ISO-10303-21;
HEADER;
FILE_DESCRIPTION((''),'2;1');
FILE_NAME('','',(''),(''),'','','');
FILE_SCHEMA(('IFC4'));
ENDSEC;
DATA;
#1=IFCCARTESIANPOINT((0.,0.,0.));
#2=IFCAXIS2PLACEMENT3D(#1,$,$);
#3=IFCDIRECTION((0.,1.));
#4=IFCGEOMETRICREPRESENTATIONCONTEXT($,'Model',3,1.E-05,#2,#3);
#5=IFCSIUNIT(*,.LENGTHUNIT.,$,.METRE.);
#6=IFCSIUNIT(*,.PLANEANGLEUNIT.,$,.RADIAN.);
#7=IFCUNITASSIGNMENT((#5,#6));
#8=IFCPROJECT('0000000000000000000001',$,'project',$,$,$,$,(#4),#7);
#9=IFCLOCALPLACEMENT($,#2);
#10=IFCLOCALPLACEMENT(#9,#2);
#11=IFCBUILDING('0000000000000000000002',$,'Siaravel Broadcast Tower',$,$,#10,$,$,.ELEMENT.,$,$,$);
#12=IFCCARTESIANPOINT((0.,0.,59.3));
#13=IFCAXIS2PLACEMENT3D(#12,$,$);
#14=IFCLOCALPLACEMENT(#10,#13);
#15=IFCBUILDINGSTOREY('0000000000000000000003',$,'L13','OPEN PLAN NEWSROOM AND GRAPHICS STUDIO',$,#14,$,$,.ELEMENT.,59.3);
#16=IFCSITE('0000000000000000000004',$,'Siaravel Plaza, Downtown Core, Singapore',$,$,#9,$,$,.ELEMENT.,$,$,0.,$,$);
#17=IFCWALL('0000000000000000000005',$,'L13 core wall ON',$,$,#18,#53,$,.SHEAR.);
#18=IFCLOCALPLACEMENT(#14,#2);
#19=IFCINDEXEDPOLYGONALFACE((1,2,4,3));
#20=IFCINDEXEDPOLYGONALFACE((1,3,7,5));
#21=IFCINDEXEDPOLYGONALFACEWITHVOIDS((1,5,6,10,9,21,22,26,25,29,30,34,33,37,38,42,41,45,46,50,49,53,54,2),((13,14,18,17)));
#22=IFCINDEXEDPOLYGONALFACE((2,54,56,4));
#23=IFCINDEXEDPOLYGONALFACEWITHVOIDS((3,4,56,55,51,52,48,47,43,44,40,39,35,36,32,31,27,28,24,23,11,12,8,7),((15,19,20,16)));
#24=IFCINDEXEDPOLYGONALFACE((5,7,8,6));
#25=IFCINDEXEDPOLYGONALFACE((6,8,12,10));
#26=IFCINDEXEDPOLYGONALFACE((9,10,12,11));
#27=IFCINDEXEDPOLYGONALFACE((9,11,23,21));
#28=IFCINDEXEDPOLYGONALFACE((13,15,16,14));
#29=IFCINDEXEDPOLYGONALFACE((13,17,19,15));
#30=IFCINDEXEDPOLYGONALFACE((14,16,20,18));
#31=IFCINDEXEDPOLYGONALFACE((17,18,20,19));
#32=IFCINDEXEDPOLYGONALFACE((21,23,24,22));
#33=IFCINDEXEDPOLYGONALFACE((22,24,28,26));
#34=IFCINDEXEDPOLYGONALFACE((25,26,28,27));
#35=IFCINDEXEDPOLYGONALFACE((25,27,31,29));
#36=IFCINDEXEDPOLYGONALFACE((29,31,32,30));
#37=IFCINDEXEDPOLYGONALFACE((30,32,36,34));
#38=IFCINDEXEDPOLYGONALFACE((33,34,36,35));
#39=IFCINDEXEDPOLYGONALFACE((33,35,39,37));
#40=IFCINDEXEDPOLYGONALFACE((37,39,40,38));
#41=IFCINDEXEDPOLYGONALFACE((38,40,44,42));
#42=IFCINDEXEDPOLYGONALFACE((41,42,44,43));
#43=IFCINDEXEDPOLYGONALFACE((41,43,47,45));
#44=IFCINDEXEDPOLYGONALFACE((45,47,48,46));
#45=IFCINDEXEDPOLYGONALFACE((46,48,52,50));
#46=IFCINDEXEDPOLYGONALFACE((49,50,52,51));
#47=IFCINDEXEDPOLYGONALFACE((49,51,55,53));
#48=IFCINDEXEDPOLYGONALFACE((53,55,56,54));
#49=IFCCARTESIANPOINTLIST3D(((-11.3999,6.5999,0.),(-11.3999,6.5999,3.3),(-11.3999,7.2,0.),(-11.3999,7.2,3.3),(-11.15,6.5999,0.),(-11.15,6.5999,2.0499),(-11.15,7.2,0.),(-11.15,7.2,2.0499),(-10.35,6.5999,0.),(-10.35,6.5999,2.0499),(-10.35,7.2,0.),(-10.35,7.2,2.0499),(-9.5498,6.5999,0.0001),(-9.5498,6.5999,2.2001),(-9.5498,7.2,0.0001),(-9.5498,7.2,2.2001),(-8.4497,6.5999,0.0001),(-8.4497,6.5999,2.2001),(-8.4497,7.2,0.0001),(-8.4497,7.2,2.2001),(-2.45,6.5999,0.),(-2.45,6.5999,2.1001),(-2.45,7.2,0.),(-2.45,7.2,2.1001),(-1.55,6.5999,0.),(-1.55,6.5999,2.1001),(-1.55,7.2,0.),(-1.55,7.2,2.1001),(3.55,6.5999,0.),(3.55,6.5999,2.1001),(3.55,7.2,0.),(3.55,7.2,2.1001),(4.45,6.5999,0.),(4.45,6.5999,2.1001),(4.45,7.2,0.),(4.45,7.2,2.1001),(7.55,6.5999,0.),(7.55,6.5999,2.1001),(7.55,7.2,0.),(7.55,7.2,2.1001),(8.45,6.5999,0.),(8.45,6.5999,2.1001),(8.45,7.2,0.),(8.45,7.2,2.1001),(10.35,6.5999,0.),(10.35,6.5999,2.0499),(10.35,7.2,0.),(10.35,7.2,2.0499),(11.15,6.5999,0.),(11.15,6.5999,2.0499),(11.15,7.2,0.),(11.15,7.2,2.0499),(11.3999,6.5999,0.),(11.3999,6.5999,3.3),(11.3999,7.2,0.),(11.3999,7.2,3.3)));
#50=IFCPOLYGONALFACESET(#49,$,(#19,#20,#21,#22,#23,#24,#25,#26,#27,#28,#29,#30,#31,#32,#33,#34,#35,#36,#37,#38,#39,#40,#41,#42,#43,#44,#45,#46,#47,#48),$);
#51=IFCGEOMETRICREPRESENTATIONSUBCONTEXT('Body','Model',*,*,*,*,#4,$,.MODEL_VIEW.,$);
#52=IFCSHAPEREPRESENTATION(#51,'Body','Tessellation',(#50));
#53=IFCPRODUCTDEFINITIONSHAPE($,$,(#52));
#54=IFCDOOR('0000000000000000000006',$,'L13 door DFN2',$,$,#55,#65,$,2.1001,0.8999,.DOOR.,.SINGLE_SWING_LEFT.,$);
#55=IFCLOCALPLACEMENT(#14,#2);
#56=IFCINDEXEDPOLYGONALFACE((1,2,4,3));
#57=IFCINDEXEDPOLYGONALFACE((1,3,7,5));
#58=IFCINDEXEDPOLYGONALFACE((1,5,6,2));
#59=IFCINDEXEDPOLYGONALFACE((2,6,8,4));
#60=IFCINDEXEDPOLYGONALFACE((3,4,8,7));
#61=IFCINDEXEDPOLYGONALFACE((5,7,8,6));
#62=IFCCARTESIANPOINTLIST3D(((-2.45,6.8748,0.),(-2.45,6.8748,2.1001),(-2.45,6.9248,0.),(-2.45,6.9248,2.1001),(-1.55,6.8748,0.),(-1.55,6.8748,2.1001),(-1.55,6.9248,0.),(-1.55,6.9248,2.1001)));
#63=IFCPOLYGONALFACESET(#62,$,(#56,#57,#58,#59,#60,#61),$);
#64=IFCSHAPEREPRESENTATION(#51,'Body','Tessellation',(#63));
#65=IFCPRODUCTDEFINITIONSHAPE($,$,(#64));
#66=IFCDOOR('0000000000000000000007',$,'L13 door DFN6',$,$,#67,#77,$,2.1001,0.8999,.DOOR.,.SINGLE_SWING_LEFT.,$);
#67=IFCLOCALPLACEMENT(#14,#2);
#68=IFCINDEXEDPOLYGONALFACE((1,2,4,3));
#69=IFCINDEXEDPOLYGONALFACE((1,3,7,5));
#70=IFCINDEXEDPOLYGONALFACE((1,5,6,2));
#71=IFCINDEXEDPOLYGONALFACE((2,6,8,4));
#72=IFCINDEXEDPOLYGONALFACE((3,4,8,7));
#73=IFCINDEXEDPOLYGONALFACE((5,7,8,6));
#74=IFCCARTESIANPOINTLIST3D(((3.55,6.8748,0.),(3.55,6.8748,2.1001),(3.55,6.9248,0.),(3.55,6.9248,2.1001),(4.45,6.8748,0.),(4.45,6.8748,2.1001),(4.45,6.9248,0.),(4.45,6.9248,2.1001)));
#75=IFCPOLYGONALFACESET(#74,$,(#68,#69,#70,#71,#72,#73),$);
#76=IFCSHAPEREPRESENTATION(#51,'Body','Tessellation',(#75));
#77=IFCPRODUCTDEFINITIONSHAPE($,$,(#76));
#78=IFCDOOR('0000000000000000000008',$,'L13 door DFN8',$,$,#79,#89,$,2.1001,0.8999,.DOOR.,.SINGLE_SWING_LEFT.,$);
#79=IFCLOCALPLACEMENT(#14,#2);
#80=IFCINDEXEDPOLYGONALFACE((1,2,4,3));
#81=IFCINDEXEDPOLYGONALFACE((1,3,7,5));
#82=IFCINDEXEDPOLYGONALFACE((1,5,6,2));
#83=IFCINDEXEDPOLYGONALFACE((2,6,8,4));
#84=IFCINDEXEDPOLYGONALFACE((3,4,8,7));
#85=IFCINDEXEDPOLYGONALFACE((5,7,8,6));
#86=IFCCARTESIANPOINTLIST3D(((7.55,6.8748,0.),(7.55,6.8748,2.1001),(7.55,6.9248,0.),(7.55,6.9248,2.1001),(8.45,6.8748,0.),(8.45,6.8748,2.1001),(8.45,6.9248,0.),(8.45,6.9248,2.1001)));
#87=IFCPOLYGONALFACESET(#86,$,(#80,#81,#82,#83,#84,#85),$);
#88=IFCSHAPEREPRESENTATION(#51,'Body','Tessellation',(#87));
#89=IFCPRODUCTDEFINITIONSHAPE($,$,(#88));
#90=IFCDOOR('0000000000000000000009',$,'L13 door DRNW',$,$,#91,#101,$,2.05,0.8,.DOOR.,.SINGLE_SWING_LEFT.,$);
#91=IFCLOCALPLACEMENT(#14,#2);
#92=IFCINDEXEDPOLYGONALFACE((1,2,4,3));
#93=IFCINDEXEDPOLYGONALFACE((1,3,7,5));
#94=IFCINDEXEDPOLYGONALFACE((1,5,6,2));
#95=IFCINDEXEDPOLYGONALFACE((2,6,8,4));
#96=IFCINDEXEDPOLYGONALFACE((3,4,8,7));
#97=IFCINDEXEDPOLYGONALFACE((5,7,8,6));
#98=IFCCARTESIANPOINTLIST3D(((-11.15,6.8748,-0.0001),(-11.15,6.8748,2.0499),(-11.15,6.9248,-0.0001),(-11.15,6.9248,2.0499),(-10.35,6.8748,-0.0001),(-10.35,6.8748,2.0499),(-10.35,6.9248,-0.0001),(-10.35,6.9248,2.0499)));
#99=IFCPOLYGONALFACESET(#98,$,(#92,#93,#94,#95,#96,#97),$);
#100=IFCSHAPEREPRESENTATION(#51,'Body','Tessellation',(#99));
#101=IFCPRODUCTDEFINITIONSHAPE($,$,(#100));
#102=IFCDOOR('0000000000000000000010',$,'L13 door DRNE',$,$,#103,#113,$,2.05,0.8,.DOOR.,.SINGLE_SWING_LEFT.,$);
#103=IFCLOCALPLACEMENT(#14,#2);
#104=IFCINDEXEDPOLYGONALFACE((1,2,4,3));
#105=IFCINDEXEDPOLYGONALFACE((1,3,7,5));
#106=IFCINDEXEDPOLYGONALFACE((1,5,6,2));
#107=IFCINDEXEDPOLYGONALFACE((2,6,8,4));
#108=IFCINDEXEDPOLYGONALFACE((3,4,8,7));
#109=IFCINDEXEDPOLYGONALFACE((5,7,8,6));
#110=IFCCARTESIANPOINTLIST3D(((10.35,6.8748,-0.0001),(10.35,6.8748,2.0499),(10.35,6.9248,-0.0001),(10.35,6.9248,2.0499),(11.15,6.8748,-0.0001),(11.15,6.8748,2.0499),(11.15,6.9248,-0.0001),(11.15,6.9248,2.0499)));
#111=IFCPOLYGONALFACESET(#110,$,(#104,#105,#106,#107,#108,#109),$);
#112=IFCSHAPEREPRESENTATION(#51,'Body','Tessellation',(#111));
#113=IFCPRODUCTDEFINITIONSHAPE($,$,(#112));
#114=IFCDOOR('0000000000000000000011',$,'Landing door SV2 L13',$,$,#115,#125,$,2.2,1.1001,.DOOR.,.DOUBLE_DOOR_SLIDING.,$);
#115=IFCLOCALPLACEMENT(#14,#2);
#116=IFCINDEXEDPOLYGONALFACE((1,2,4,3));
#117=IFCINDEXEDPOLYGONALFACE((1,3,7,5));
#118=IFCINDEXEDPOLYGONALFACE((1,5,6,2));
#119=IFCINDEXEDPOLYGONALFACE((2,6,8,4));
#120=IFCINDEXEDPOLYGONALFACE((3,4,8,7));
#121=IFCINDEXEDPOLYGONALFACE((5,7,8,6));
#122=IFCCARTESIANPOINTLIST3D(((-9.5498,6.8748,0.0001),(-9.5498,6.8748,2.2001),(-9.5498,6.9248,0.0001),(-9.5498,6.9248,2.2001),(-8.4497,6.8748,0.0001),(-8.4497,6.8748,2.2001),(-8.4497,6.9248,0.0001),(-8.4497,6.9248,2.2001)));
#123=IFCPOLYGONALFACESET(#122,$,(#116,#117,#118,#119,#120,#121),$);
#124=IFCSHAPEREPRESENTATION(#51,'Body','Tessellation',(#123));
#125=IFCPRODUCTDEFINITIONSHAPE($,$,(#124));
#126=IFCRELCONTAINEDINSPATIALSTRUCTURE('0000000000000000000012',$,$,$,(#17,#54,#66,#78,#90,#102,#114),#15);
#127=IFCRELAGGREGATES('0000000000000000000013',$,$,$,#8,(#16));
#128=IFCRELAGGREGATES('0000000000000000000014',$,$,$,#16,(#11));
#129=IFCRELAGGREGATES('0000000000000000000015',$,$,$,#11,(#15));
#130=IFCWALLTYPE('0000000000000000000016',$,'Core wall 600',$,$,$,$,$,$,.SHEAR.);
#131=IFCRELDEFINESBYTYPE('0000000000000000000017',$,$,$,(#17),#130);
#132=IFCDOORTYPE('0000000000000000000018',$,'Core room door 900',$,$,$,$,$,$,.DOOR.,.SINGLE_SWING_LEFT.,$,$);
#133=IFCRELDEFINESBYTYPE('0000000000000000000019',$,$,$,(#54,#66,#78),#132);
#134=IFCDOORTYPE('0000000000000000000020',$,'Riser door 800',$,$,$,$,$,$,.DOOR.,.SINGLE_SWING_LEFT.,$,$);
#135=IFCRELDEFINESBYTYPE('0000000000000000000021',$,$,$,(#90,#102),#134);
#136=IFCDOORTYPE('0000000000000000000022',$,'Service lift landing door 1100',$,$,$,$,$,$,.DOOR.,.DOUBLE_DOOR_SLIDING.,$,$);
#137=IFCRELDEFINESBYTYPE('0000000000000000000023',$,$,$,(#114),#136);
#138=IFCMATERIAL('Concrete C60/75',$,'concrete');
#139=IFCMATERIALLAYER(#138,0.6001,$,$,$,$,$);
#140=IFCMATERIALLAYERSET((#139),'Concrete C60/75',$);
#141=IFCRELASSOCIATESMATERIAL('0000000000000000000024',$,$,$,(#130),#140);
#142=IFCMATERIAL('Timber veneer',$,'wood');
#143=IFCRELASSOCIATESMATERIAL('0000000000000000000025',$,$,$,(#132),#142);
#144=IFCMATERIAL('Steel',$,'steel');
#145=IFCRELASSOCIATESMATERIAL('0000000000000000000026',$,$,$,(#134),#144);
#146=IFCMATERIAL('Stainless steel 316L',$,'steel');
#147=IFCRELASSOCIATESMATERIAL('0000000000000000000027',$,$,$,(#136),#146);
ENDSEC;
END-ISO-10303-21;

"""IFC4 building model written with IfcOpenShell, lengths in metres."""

from ifc_helpers import new_model, si_unit, direction, frame, frame_2d, origin, place, context, subcontext, project, spatial, rectangle, extrude, material, layer, layer_set, type_object, element, fill, save


model = new_model("IFC4")

# Units and contexts
model_context = context("Model", 3, precision=1e-05, world=origin(), true_north=direction((0.0, 1.0)))
body_context = subcontext(model_context, "Body", "Model", "MODEL_VIEW")
ifc_project = project(units=[si_unit("LENGTHUNIT", "METRE"), si_unit("PLANEANGLEUNIT", "RADIAN")], contexts=[model_context])

# Site, building, storey
site_placement = place(None, origin())
site = spatial("IfcSite", under=ifc_project, at=site_placement, Name="Siaravel Plaza, Downtown Core, Singapore", CompositionType="ELEMENT", RefElevation=0.0)
building_placement = place(site_placement, origin())
building = spatial("IfcBuilding", under=site, at=building_placement, Name="Siaravel Broadcast Tower", CompositionType="ELEMENT")
storey_placement = place(building_placement, frame((0.0, 0.0, 59.3)))
storey = spatial("IfcBuildingStorey", under=building, at=storey_placement, Name="L13", Description="OPEN PLAN NEWSROOM AND GRAPHICS STUDIO", CompositionType="ELEMENT", Elevation=59.3)

# Wall, openings, doors
ifc_material_1 = material(Name="Concrete C60/75", Category="concrete")
ifc_layer_1 = layer(ifc_material_1, 0.6001)
ifc_layer_set_1 = layer_set([ifc_layer_1], Name="Concrete C60/75")
wall_type_1 = type_object("IfcWallType", Name="Core wall 600", PredefinedType="SHEAR", material=ifc_layer_set_1)
wall_1_placement = place(storey_placement, frame((-11.3999, 6.8999, 0.0), z_axis=(0.0, 0.0, 1.0), x_axis=(1.0, 0.0, 0.0)))
wall_1 = element("IfcWall", 1, at=wall_1_placement, inside=storey, type_object=wall_type_1, Name="L13 core wall ON", PredefinedType="SHEAR", context=body_context, shape_type="SweptSolid", body=[
    extrude(rectangle(XDim=22.7998, YDim=0.6001, at=frame_2d((11.3999, 0.0))), origin(), (0.0, 0.0, 1.0), 3.3),
])
opening_1_placement = place(wall_1_placement, frame((1.8501, 0.0, 0.0)))
opening_1 = element("IfcOpeningElement", 2, at=opening_1_placement, cuts=wall_1, PredefinedType="OPENING", context=body_context, shape_type="SweptSolid", body=[
    extrude(rectangle(XDim=1.1001, YDim=2.2, at=frame_2d((0.55, 1.1001))), frame((0.0, 0.3101, 0.0), z_axis=(0.0, -1.0, 0.0), x_axis=(1.0, 0.0, 0.0)), (0.0, 0.0, 1.0), 0.6201),
])
opening_2_placement = place(wall_1_placement, frame((8.95, 0.0, 0.0)))
opening_2 = element("IfcOpeningElement", 3, at=opening_2_placement, cuts=wall_1, PredefinedType="OPENING", context=body_context, shape_type="SweptSolid", body=[
    extrude(rectangle(XDim=0.8999, YDim=2.1001, at=frame_2d((0.45, 1.05))), frame((0.0, 0.3101, 0.0), z_axis=(0.0, -1.0, 0.0), x_axis=(1.0, 0.0, 0.0)), (0.0, 0.0, 1.0), 0.6201),
])
opening_3_placement = place(wall_1_placement, frame((14.95, 0.0, 0.0)))
opening_3 = element("IfcOpeningElement", 4, at=opening_3_placement, cuts=wall_1, PredefinedType="OPENING", context=body_context, shape_type="SweptSolid", body=[
    extrude(rectangle(XDim=0.8999, YDim=2.1001, at=frame_2d((0.45, 1.05))), frame((0.0, 0.3101, 0.0), z_axis=(0.0, -1.0, 0.0), x_axis=(1.0, 0.0, 0.0)), (0.0, 0.0, 1.0), 0.6201),
])
opening_4_placement = place(wall_1_placement, frame((18.95, 0.0, 0.0)))
opening_4 = element("IfcOpeningElement", 5, at=opening_4_placement, cuts=wall_1, PredefinedType="OPENING", context=body_context, shape_type="SweptSolid", body=[
    extrude(rectangle(XDim=0.8999, YDim=2.1001, at=frame_2d((0.45, 1.05))), frame((0.0, 0.3101, 0.0), z_axis=(0.0, -1.0, 0.0), x_axis=(1.0, 0.0, 0.0)), (0.0, 0.0, 1.0), 0.6201),
])
opening_5_placement = place(wall_1_placement, frame((0.25, 0.0, 0.0)))
opening_5 = element("IfcOpeningElement", 6, at=opening_5_placement, cuts=wall_1, PredefinedType="OPENING", context=body_context, shape_type="SweptSolid", body=[
    extrude(rectangle(XDim=0.8, YDim=2.05, at=frame_2d((0.3999, 1.0249))), frame((0.0, 0.3101, 0.0), z_axis=(0.0, -1.0, 0.0), x_axis=(1.0, 0.0, 0.0)), (0.0, 0.0, 1.0), 0.6201),
])
opening_6_placement = place(wall_1_placement, frame((21.75, 0.0, 0.0)))
opening_6 = element("IfcOpeningElement", 7, at=opening_6_placement, cuts=wall_1, PredefinedType="OPENING", context=body_context, shape_type="SweptSolid", body=[
    extrude(rectangle(XDim=0.8, YDim=2.05, at=frame_2d((0.3999, 1.0249))), frame((0.0, 0.3101, 0.0), z_axis=(0.0, -1.0, 0.0), x_axis=(1.0, 0.0, 0.0)), (0.0, 0.0, 1.0), 0.6201),
])
ifc_material_2 = material(Name="Timber veneer", Category="wood")
door_type_1 = type_object("IfcDoorType", Name="Core room door 900", OperationType="SINGLE_SWING_LEFT", PredefinedType="DOOR", material=ifc_material_2)
door_1_placement = place(opening_2_placement, origin())
door_1 = element("IfcDoor", 8, at=door_1_placement, inside=storey, type_object=door_type_1, Name="L13 door DFN2", OperationType="SINGLE_SWING_LEFT", OverallHeight=2.1001, OverallWidth=0.8999, PredefinedType="DOOR", context=body_context, shape_type="SweptSolid", body=[
    extrude(rectangle(XDim=0.8999, YDim=2.1001, at=frame_2d((0.45, 1.05))), frame((0.0, 0.0249, 0.0), z_axis=(0.0, -1.0, 0.0), x_axis=(1.0, 0.0, 0.0)), (0.0, 0.0, 1.0), 0.05),
])
fill(opening_2, door_1)
door_2_placement = place(opening_3_placement, origin())
door_2 = element("IfcDoor", 9, at=door_2_placement, inside=storey, type_object=door_type_1, Name="L13 door DFN6", OperationType="SINGLE_SWING_LEFT", OverallHeight=2.1001, OverallWidth=0.8999, PredefinedType="DOOR", context=body_context, shape_type="SweptSolid", body=[
    extrude(rectangle(XDim=0.8999, YDim=2.1001, at=frame_2d((0.45, 1.05))), frame((0.0, 0.0249, 0.0), z_axis=(0.0, -1.0, 0.0), x_axis=(1.0, 0.0, 0.0)), (0.0, 0.0, 1.0), 0.05),
])
fill(opening_3, door_2)
door_3_placement = place(opening_4_placement, origin())
door_3 = element("IfcDoor", 10, at=door_3_placement, inside=storey, type_object=door_type_1, Name="L13 door DFN8", OperationType="SINGLE_SWING_LEFT", OverallHeight=2.1001, OverallWidth=0.8999, PredefinedType="DOOR", context=body_context, shape_type="SweptSolid", body=[
    extrude(rectangle(XDim=0.8999, YDim=2.1001, at=frame_2d((0.45, 1.05))), frame((0.0, 0.0249, 0.0), z_axis=(0.0, -1.0, 0.0), x_axis=(1.0, 0.0, 0.0)), (0.0, 0.0, 1.0), 0.05),
])
fill(opening_4, door_3)
ifc_material_3 = material(Name="Steel", Category="steel")
door_type_2 = type_object("IfcDoorType", Name="Riser door 800", OperationType="SINGLE_SWING_LEFT", PredefinedType="DOOR", material=ifc_material_3)
door_4_placement = place(opening_5_placement, origin())
door_4 = element("IfcDoor", 11, at=door_4_placement, inside=storey, type_object=door_type_2, Name="L13 door DRNW", OperationType="SINGLE_SWING_LEFT", OverallHeight=2.05, OverallWidth=0.8, PredefinedType="DOOR", context=body_context, shape_type="SweptSolid", body=[
    extrude(rectangle(XDim=0.8, YDim=2.05, at=frame_2d((0.3999, 1.0249))), frame((0.0, 0.0249, 0.0), z_axis=(0.0, -1.0, 0.0), x_axis=(1.0, 0.0, 0.0)), (0.0, 0.0, 1.0), 0.05),
])
fill(opening_5, door_4)
door_5_placement = place(opening_6_placement, origin())
door_5 = element("IfcDoor", 12, at=door_5_placement, inside=storey, type_object=door_type_2, Name="L13 door DRNE", OperationType="SINGLE_SWING_LEFT", OverallHeight=2.05, OverallWidth=0.8, PredefinedType="DOOR", context=body_context, shape_type="SweptSolid", body=[
    extrude(rectangle(XDim=0.8, YDim=2.05, at=frame_2d((0.3999, 1.0249))), frame((0.0, 0.0249, 0.0), z_axis=(0.0, -1.0, 0.0), x_axis=(1.0, 0.0, 0.0)), (0.0, 0.0, 1.0), 0.05),
])
fill(opening_6, door_5)
ifc_material_4 = material(Name="Stainless steel 316L", Category="steel")
door_type_3 = type_object("IfcDoorType", Name="Service lift landing door 1100", OperationType="DOUBLE_DOOR_SLIDING", PredefinedType="DOOR", material=ifc_material_4)
door_6_placement = place(opening_1_placement, origin())
door_6 = element("IfcDoor", 13, at=door_6_placement, inside=storey, type_object=door_type_3, Name="Landing door SV2 L13", OperationType="DOUBLE_DOOR_SLIDING", OverallHeight=2.2, OverallWidth=1.1001, PredefinedType="DOOR", context=body_context, shape_type="SweptSolid", body=[
    extrude(rectangle(XDim=1.1001, YDim=2.2, at=frame_2d((0.55, 1.1001))), frame((0.0, 0.0249, 0.0), z_axis=(0.0, -1.0, 0.0), x_axis=(1.0, 0.0, 0.0)), (0.0, 0.0, 1.0), 0.05),
])
fill(opening_1, door_6)

save(model, "model.ifc")
